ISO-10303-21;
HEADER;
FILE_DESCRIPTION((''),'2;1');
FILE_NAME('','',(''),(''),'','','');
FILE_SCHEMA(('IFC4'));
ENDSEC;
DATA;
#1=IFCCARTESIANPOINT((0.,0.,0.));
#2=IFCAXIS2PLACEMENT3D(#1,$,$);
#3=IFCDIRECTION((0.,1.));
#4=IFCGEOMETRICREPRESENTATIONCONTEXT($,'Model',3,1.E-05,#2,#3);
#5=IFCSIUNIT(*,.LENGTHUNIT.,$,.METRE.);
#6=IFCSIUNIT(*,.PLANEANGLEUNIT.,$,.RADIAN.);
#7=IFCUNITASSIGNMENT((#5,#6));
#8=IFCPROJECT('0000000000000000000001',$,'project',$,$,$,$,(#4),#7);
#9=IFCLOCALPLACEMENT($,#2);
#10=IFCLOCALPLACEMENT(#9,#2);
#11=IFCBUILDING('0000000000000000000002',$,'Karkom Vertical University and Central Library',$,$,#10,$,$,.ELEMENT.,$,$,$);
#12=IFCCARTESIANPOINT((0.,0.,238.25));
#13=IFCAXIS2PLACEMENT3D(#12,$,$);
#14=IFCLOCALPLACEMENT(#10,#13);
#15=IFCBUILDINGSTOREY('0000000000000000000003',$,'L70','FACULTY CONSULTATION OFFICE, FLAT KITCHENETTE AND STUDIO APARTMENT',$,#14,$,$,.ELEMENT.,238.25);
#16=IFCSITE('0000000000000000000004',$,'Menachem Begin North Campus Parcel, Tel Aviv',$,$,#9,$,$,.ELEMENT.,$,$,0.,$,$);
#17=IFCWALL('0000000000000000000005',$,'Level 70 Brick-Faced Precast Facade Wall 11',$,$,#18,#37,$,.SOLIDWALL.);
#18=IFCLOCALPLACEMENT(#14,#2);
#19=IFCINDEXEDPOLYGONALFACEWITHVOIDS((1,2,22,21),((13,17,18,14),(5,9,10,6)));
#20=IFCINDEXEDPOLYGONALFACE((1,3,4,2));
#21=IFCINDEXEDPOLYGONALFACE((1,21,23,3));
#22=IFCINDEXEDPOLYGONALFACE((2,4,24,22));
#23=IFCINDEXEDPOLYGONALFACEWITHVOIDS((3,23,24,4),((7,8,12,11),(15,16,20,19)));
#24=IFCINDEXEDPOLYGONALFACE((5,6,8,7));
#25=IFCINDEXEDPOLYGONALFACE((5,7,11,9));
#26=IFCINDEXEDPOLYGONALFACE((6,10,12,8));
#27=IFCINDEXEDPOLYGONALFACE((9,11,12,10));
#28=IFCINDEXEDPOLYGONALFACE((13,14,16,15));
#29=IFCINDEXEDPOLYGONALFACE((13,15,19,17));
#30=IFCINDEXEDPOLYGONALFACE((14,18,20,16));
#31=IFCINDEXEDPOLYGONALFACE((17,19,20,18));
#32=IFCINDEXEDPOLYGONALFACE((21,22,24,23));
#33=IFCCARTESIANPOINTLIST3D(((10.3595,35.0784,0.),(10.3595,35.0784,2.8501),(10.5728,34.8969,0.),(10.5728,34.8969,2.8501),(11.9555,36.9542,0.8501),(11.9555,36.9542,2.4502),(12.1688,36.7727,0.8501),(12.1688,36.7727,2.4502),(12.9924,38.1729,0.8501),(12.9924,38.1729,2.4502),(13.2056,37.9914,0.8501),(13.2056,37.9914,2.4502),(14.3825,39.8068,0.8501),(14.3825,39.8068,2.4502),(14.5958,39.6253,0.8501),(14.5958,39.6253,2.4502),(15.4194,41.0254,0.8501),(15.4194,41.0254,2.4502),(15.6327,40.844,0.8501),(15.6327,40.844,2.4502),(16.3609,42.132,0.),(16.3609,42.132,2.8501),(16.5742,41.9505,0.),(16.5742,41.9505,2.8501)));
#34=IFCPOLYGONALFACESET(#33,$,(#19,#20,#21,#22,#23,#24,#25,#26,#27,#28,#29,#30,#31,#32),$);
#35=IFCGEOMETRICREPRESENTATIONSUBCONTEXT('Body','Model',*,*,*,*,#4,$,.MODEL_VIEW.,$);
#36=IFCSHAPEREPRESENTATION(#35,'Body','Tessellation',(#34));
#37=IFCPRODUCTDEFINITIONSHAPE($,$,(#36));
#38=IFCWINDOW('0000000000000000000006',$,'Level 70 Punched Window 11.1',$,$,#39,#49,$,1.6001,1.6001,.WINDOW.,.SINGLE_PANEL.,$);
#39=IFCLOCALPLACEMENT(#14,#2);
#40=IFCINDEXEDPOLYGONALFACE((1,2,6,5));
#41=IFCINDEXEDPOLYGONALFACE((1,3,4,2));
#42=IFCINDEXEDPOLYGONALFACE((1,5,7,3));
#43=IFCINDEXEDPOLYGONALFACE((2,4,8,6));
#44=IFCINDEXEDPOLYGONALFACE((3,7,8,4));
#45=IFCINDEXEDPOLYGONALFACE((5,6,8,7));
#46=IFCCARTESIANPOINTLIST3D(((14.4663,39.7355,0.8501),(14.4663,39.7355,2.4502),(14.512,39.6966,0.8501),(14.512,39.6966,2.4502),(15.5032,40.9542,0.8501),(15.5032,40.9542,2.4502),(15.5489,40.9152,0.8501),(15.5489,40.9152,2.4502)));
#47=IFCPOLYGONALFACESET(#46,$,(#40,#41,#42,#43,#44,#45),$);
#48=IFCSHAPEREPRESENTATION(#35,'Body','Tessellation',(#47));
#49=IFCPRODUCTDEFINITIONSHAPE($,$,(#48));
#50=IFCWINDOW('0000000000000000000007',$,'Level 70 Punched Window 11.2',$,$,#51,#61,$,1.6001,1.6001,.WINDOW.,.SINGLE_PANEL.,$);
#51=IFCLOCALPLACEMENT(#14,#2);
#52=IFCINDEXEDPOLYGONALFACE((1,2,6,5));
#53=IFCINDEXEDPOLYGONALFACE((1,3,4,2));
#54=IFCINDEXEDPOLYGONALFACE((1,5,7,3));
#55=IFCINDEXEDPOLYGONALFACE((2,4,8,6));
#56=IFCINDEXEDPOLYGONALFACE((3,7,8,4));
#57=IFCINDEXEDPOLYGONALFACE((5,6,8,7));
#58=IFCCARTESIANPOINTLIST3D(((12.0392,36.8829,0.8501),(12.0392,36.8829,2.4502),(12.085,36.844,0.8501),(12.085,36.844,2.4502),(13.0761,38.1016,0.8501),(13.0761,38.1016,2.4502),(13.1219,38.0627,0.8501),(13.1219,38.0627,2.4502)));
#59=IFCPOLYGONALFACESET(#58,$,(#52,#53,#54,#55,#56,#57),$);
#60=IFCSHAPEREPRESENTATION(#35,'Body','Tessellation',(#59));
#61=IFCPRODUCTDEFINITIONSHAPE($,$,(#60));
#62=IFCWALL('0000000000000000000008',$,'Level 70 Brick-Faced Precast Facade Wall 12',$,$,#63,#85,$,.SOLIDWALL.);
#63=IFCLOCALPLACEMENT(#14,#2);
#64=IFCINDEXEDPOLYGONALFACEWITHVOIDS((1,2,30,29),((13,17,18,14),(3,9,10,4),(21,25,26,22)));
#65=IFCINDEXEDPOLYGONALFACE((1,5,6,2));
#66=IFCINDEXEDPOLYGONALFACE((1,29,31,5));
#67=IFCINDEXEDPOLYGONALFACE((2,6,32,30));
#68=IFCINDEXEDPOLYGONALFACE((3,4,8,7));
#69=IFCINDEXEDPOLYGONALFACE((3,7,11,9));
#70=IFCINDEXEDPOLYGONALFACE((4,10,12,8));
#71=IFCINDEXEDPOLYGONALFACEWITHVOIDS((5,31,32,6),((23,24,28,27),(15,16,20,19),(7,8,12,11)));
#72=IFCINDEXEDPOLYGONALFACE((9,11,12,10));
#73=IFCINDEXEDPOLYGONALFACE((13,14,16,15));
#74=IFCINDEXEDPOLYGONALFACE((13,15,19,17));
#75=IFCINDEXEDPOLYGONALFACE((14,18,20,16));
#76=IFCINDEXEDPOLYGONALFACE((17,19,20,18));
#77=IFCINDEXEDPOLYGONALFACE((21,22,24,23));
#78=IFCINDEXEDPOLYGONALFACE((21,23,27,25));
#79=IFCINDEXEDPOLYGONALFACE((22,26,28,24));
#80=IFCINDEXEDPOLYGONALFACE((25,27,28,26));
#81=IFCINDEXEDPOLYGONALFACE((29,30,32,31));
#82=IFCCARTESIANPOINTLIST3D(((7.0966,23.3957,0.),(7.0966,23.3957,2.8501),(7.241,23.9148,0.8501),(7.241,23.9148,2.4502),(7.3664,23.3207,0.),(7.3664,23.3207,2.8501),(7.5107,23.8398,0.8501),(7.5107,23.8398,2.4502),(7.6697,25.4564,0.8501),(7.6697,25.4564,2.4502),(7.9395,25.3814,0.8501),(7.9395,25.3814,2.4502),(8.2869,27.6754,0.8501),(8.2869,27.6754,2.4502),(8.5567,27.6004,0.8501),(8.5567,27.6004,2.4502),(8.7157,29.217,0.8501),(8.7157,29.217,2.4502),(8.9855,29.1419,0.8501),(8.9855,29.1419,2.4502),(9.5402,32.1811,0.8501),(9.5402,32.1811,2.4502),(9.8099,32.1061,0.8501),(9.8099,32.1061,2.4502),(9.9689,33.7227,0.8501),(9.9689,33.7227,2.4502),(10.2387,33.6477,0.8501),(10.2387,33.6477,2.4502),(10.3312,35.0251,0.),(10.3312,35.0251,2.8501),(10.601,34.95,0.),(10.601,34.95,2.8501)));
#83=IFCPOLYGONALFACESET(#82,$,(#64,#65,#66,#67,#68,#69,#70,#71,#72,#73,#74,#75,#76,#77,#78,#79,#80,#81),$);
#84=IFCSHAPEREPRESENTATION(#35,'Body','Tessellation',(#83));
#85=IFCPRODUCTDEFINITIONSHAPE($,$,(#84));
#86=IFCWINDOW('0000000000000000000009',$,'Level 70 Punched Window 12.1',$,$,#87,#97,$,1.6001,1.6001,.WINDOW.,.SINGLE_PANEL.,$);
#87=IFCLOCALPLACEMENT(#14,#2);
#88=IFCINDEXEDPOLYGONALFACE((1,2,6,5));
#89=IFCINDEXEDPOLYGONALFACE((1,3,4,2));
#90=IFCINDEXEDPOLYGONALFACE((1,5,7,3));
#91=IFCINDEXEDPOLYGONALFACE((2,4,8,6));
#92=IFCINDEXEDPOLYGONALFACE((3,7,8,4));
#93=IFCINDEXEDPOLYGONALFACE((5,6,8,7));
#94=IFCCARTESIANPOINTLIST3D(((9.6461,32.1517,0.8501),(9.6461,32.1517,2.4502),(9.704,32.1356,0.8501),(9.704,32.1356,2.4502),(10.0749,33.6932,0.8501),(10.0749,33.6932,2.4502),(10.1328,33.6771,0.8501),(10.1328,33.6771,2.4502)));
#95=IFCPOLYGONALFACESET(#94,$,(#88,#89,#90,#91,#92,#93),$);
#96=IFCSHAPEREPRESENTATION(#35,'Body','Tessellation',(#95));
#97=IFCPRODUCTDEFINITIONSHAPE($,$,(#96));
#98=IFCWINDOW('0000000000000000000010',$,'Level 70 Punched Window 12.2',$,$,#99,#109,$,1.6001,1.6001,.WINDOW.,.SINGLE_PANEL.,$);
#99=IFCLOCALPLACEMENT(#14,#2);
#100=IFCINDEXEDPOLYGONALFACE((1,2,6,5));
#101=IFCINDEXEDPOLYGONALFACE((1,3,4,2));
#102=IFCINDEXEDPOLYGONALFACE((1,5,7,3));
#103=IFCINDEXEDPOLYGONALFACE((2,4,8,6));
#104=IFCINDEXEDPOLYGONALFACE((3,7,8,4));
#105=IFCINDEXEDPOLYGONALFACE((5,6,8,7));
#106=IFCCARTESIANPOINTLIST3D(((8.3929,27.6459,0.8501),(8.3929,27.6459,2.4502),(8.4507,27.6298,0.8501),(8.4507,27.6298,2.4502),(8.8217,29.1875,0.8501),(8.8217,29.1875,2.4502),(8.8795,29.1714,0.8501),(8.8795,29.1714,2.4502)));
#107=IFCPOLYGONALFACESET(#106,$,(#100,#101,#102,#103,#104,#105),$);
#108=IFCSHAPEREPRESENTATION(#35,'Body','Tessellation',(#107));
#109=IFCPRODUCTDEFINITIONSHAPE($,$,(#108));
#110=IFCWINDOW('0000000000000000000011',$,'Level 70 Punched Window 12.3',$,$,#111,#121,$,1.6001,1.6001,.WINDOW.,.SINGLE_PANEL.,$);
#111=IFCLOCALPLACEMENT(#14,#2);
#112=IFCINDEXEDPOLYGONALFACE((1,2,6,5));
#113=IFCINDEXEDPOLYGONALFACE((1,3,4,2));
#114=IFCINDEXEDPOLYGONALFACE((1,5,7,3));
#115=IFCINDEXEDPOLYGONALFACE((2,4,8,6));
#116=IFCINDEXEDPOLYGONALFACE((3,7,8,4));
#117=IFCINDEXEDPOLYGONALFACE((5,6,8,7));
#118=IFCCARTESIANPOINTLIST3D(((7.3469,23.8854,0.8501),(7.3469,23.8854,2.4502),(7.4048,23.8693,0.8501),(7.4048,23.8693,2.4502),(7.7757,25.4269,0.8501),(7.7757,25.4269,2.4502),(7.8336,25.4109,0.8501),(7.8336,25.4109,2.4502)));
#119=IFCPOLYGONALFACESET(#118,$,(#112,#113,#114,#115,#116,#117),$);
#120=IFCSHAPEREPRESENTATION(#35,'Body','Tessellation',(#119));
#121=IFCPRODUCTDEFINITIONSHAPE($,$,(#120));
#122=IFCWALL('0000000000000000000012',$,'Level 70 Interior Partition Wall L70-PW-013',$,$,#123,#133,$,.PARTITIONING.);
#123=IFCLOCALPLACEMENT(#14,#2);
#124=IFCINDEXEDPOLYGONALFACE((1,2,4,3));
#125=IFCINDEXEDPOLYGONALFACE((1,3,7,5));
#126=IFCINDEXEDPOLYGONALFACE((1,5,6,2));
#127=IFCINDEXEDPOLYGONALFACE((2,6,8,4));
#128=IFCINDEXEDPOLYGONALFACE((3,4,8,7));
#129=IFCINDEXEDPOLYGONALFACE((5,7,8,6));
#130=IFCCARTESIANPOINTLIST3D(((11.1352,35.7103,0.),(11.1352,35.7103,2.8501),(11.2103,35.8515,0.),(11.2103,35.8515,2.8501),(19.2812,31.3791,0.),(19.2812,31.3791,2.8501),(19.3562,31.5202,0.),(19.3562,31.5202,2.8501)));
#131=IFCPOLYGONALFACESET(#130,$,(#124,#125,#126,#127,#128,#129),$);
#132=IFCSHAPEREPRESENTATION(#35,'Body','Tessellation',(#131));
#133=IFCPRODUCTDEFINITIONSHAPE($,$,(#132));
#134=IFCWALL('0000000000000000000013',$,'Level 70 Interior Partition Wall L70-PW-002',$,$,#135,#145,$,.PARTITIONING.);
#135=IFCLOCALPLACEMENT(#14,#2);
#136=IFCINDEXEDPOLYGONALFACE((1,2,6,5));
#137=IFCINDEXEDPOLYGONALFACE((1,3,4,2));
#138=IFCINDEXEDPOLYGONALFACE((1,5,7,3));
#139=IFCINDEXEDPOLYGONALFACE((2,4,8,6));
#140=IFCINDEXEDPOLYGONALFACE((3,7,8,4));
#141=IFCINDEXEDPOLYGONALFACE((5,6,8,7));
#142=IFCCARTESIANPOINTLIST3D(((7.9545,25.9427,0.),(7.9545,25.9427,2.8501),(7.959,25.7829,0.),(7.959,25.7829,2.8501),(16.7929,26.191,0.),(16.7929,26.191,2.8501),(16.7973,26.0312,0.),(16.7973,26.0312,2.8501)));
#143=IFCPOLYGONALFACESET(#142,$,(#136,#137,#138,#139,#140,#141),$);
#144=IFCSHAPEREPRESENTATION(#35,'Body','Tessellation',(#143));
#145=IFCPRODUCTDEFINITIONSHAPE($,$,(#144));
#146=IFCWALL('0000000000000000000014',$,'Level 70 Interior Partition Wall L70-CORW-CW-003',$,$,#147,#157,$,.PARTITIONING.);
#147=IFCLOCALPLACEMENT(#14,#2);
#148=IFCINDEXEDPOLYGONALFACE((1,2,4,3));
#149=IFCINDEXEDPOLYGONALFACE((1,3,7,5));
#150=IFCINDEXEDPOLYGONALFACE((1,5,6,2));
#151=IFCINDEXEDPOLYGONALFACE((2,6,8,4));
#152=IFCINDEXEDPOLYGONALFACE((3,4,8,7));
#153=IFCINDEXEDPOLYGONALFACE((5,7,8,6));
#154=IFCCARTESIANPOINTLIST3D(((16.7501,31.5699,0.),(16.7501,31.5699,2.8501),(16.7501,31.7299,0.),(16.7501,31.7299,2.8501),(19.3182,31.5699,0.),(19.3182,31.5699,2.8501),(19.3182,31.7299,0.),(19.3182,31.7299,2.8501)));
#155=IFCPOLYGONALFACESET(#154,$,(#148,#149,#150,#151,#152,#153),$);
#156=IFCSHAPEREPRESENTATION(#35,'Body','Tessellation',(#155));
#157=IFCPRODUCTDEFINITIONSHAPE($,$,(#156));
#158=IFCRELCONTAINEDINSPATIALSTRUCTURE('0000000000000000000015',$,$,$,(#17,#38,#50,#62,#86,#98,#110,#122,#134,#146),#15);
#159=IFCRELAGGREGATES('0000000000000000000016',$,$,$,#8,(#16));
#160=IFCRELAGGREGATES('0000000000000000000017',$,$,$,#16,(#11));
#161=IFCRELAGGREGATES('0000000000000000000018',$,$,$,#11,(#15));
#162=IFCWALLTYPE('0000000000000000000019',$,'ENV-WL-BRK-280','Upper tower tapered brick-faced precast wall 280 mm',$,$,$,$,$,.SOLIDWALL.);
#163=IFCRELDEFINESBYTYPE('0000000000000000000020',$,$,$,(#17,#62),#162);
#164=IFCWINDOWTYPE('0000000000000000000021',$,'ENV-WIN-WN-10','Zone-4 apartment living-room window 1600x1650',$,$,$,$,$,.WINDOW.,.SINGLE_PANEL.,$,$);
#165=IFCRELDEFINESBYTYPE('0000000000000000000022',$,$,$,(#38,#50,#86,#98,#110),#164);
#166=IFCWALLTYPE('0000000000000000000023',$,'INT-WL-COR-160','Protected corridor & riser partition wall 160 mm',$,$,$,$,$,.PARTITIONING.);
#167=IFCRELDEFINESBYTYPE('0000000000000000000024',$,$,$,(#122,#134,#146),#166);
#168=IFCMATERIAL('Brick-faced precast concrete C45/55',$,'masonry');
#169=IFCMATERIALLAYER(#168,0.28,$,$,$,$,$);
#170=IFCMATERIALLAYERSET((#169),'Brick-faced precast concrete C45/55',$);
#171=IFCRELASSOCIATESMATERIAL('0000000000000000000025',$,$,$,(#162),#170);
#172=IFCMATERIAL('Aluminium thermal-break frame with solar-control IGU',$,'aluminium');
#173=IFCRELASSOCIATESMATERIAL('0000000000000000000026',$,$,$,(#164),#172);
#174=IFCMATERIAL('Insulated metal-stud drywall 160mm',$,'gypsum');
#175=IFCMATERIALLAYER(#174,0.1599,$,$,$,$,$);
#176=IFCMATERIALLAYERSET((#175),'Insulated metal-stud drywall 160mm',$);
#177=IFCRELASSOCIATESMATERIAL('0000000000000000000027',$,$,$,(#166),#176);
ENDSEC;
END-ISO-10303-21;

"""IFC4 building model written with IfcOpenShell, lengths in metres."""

from ifc_helpers import new_model, si_unit, direction, frame, frame_2d, origin, origin_with_axes, place, context, subcontext, project, spatial, rectangle, extrude, source, transform, mapped, material, layer, layer_set, type_object, element, fill, save


model = new_model("IFC4")

# Units and contexts
model_context = context("Model", 3, precision=1e-05, world=origin(), true_north=direction((0.0, 1.0)))
body_context = subcontext(model_context, "Body", "Model", "MODEL_VIEW")
ifc_project = project(units=[si_unit("LENGTHUNIT", "METRE"), si_unit("PLANEANGLEUNIT", "RADIAN")], contexts=[model_context])

# Site, building, storey
site_placement = place(None, origin())
site = spatial("IfcSite", under=ifc_project, at=site_placement, Name="Menachem Begin North Campus Parcel, Tel Aviv", CompositionType="ELEMENT", RefElevation=0.0)
building_placement = place(site_placement, origin())
building = spatial("IfcBuilding", under=site, at=building_placement, Name="Karkom Vertical University and Central Library", CompositionType="ELEMENT")
storey_placement = place(building_placement, frame((0.0, 0.0, 238.25)))
storey = spatial("IfcBuildingStorey", under=building, at=storey_placement, Name="L70", Description="FACULTY CONSULTATION OFFICE, FLAT KITCHENETTE AND STUDIO APARTMENT", CompositionType="ELEMENT", Elevation=238.25)

# Walls, openings, windows
ifc_material_1 = material(Name="Brick-faced precast concrete C45/55", Category="masonry")
ifc_layer_1 = layer(ifc_material_1, 0.28)
ifc_layer_set_1 = layer_set([ifc_layer_1], Name="Brick-faced precast concrete C45/55")
wall_type_1 = type_object("IfcWallType", Name="ENV-WL-BRK-280", Description="Upper tower tapered brick-faced precast wall 280 mm", PredefinedType="SOLIDWALL", material=ifc_layer_set_1)
ifc_material_2 = material(Name="Aluminium thermal-break frame with solar-control IGU", Category="aluminium")
window_type = type_object("IfcWindowType", Name="ENV-WIN-WN-10", Description="Zone-4 apartment living-room window 1600x1650", PartitioningType="SINGLE_PANEL", PredefinedType="WINDOW", material=ifc_material_2)
shared_shape_1 = source(origin_with_axes(), body_context, "Body", "SweptSolid", [
    extrude(rectangle(XDim=1.6001, YDim=1.6001, at=frame_2d((0.8, 0.8))), frame((0.0, 0.03, 0.0), z_axis=(0.0, -1.0, 0.0), x_axis=(1.0, 0.0, 0.0)), (0.0, 0.0, 1.0), 0.0601),
])
wall_1_placement = place(storey_placement, frame((16.4675, 42.0413, 0.0), z_axis=(0.0, 0.0, 1.0), x_axis=(-0.648013, -0.76163, 0.0)))
wall_1 = element("IfcWall", 1, at=wall_1_placement, inside=storey, type_object=wall_type_1, Name="Level 70 Brick-Faced Precast Facade Wall 11", PredefinedType="SOLIDWALL", context=body_context, shape_type="SweptSolid", body=[
    extrude(rectangle(XDim=9.2612, YDim=0.28, at=frame_2d((4.6306, 0.0))), origin(), (0.0, 0.0, 1.0), 2.8501),
])
opening_1_placement = place(wall_1_placement, frame((1.4529, 0.0, 0.8501)))
opening_1 = element("IfcOpeningElement", 2, at=opening_1_placement, cuts=wall_1, PredefinedType="OPENING", context=body_context, shape_type="SweptSolid", body=[
    extrude(rectangle(XDim=1.6001, YDim=1.6001, at=frame_2d((0.8, 0.8))), frame((0.0, 0.1499, 0.0), z_axis=(0.0, -1.0, 0.0), x_axis=(1.0, 0.0, 0.0)), (0.0, 0.0, 1.0), 0.3),
])
opening_2_placement = place(wall_1_placement, frame((5.1982, 0.0, 0.8501)))
opening_2 = element("IfcOpeningElement", 3, at=opening_2_placement, cuts=wall_1, PredefinedType="OPENING", context=body_context, shape_type="SweptSolid", body=[
    extrude(rectangle(XDim=1.6001, YDim=1.6001, at=frame_2d((0.8, 0.8))), frame((0.0, 0.1499, 0.0), z_axis=(0.0, -1.0, 0.0), x_axis=(1.0, 0.0, 0.0)), (0.0, 0.0, 1.0), 0.3),
])
window_1_placement = place(opening_1_placement, origin())
window_1 = element("IfcWindow", 4, at=window_1_placement, inside=storey, type_object=window_type, Name="Level 70 Punched Window 11.1", OverallHeight=1.6001, OverallWidth=1.6001, PartitioningType="SINGLE_PANEL", PredefinedType="WINDOW", context=body_context, shape_type="MappedRepresentation", body=[
    mapped(shared_shape_1, transform((0.0, 0.0, 0.0), scale=1.0)),
])
fill(opening_1, window_1)
window_2_placement = place(opening_2_placement, origin())
window_2 = element("IfcWindow", 5, at=window_2_placement, inside=storey, type_object=window_type, Name="Level 70 Punched Window 11.2", OverallHeight=1.6001, OverallWidth=1.6001, PartitioningType="SINGLE_PANEL", PredefinedType="WINDOW", context=body_context, shape_type="MappedRepresentation", body=[
    mapped(shared_shape_1, transform((0.0, 0.0, 0.0), scale=1.0)),
])
fill(opening_2, window_2)
wall_2_placement = place(storey_placement, frame((10.4661, 34.9875, 0.0), z_axis=(0.0, 0.0, 1.0), x_axis=(-0.267969, -0.963427, 0.0)))
wall_2 = element("IfcWall", 6, at=wall_2_placement, inside=storey, type_object=wall_type_1, Name="Level 70 Brick-Faced Precast Facade Wall 12", PredefinedType="SOLIDWALL", context=body_context, shape_type="SweptSolid", body=[
    extrude(rectangle(XDim=12.0708, YDim=0.28, at=frame_2d((6.0354, 0.0))), origin(), (0.0, 0.0, 1.0), 2.8501),
])
opening_3_placement = place(wall_2_placement, frame((1.3518, 0.0, 0.8501)))
opening_3 = element("IfcOpeningElement", 7, at=opening_3_placement, cuts=wall_2, PredefinedType="OPENING", context=body_context, shape_type="SweptSolid", body=[
    extrude(rectangle(XDim=1.6001, YDim=1.6001, at=frame_2d((0.8, 0.8))), frame((0.0, 0.1499, 0.0), z_axis=(0.0, -1.0, 0.0), x_axis=(1.0, 0.0, 0.0)), (0.0, 0.0, 1.0), 0.3),
])
opening_4_placement = place(wall_2_placement, frame((6.0286, 0.0, 0.8501)))
opening_4 = element("IfcOpeningElement", 8, at=opening_4_placement, cuts=wall_2, PredefinedType="OPENING", context=body_context, shape_type="SweptSolid", body=[
    extrude(rectangle(XDim=1.6001, YDim=1.6001, at=frame_2d((0.8, 0.8))), frame((0.0, 0.1499, 0.0), z_axis=(0.0, -1.0, 0.0), x_axis=(1.0, 0.0, 0.0)), (0.0, 0.0, 1.0), 0.3),
])
opening_5_placement = place(wall_2_placement, frame((9.9319, 0.0, 0.8501)))
opening_5 = element("IfcOpeningElement", 9, at=opening_5_placement, cuts=wall_2, PredefinedType="OPENING", context=body_context, shape_type="SweptSolid", body=[
    extrude(rectangle(XDim=1.6001, YDim=1.6001, at=frame_2d((0.8, 0.8))), frame((0.0, 0.1499, 0.0), z_axis=(0.0, -1.0, 0.0), x_axis=(1.0, 0.0, 0.0)), (0.0, 0.0, 1.0), 0.3),
])
window_3_placement = place(opening_3_placement, origin())
window_3 = element("IfcWindow", 10, at=window_3_placement, inside=storey, type_object=window_type, Name="Level 70 Punched Window 12.1", OverallHeight=1.6001, OverallWidth=1.6001, PartitioningType="SINGLE_PANEL", PredefinedType="WINDOW", context=body_context, shape_type="MappedRepresentation", body=[
    mapped(shared_shape_1, transform((0.0, 0.0, 0.0), scale=1.0)),
])
fill(opening_3, window_3)
window_4_placement = place(opening_4_placement, origin())
window_4 = element("IfcWindow", 11, at=window_4_placement, inside=storey, type_object=window_type, Name="Level 70 Punched Window 12.2", OverallHeight=1.6001, OverallWidth=1.6001, PartitioningType="SINGLE_PANEL", PredefinedType="WINDOW", context=body_context, shape_type="MappedRepresentation", body=[
    mapped(shared_shape_1, transform((0.0, 0.0, 0.0), scale=1.0)),
])
fill(opening_4, window_4)
window_5_placement = place(opening_5_placement, origin())
window_5 = element("IfcWindow", 12, at=window_5_placement, inside=storey, type_object=window_type, Name="Level 70 Punched Window 12.3", OverallHeight=1.6001, OverallWidth=1.6001, PartitioningType="SINGLE_PANEL", PredefinedType="WINDOW", context=body_context, shape_type="MappedRepresentation", body=[
    mapped(shared_shape_1, transform((0.0, 0.0, 0.0), scale=1.0)),
])
fill(opening_5, window_5)

# Walls
ifc_material_3 = material(Name="Insulated metal-stud drywall 160mm", Category="gypsum")
ifc_layer_2 = layer(ifc_material_3, 0.1599)
ifc_layer_set_2 = layer_set([ifc_layer_2], Name="Insulated metal-stud drywall 160mm")
wall_type_2 = type_object("IfcWallType", Name="INT-WL-COR-160", Description="Protected corridor & riser partition wall 160 mm", PredefinedType="PARTITIONING", material=ifc_layer_set_2)
wall_3_placement = place(storey_placement, frame((19.3186, 31.4497, 0.0), z_axis=(0.0, 0.0, 1.0), x_axis=(-0.882948, 0.469471, 0.0)))
element("IfcWall", 13, at=wall_3_placement, inside=storey, type_object=wall_type_2, Name="Level 70 Interior Partition Wall L70-PW-013", PredefinedType="PARTITIONING", context=body_context, shape_type="SweptSolid", body=[
    extrude(rectangle(XDim=9.2258, YDim=0.1599, at=frame_2d((4.6128, 0.0))), origin(), (0.0, 0.0, 1.0), 2.8501),
])
wall_4_placement = place(storey_placement, frame((7.9568, 25.8628, 0.0), z_axis=(0.0, 0.0, 1.0), x_axis=(0.999606, 0.028081, 0.0)))
element("IfcWall", 14, at=wall_4_placement, inside=storey, type_object=wall_type_2, Name="Level 70 Interior Partition Wall L70-PW-002", PredefinedType="PARTITIONING", context=body_context, shape_type="SweptSolid", body=[
    extrude(rectangle(XDim=8.8418, YDim=0.1599, at=frame_2d((4.4209, 0.0))), origin(), (0.0, 0.0, 1.0), 2.8501),
])
wall_5_placement = place(storey_placement, frame((16.75, 31.6499, 0.0), z_axis=(0.0, 0.0, 1.0), x_axis=(1.0, 0.0, 0.0)))
element("IfcWall", 15, at=wall_5_placement, inside=storey, type_object=wall_type_2, Name="Level 70 Interior Partition Wall L70-CORW-CW-003", PredefinedType="PARTITIONING", context=body_context, shape_type="SweptSolid", body=[
    extrude(rectangle(XDim=2.5681, YDim=0.1599, at=frame_2d((1.2842, 0.0))), origin(), (0.0, 0.0, 1.0), 2.8501),
])

save(model, "model.ifc")
